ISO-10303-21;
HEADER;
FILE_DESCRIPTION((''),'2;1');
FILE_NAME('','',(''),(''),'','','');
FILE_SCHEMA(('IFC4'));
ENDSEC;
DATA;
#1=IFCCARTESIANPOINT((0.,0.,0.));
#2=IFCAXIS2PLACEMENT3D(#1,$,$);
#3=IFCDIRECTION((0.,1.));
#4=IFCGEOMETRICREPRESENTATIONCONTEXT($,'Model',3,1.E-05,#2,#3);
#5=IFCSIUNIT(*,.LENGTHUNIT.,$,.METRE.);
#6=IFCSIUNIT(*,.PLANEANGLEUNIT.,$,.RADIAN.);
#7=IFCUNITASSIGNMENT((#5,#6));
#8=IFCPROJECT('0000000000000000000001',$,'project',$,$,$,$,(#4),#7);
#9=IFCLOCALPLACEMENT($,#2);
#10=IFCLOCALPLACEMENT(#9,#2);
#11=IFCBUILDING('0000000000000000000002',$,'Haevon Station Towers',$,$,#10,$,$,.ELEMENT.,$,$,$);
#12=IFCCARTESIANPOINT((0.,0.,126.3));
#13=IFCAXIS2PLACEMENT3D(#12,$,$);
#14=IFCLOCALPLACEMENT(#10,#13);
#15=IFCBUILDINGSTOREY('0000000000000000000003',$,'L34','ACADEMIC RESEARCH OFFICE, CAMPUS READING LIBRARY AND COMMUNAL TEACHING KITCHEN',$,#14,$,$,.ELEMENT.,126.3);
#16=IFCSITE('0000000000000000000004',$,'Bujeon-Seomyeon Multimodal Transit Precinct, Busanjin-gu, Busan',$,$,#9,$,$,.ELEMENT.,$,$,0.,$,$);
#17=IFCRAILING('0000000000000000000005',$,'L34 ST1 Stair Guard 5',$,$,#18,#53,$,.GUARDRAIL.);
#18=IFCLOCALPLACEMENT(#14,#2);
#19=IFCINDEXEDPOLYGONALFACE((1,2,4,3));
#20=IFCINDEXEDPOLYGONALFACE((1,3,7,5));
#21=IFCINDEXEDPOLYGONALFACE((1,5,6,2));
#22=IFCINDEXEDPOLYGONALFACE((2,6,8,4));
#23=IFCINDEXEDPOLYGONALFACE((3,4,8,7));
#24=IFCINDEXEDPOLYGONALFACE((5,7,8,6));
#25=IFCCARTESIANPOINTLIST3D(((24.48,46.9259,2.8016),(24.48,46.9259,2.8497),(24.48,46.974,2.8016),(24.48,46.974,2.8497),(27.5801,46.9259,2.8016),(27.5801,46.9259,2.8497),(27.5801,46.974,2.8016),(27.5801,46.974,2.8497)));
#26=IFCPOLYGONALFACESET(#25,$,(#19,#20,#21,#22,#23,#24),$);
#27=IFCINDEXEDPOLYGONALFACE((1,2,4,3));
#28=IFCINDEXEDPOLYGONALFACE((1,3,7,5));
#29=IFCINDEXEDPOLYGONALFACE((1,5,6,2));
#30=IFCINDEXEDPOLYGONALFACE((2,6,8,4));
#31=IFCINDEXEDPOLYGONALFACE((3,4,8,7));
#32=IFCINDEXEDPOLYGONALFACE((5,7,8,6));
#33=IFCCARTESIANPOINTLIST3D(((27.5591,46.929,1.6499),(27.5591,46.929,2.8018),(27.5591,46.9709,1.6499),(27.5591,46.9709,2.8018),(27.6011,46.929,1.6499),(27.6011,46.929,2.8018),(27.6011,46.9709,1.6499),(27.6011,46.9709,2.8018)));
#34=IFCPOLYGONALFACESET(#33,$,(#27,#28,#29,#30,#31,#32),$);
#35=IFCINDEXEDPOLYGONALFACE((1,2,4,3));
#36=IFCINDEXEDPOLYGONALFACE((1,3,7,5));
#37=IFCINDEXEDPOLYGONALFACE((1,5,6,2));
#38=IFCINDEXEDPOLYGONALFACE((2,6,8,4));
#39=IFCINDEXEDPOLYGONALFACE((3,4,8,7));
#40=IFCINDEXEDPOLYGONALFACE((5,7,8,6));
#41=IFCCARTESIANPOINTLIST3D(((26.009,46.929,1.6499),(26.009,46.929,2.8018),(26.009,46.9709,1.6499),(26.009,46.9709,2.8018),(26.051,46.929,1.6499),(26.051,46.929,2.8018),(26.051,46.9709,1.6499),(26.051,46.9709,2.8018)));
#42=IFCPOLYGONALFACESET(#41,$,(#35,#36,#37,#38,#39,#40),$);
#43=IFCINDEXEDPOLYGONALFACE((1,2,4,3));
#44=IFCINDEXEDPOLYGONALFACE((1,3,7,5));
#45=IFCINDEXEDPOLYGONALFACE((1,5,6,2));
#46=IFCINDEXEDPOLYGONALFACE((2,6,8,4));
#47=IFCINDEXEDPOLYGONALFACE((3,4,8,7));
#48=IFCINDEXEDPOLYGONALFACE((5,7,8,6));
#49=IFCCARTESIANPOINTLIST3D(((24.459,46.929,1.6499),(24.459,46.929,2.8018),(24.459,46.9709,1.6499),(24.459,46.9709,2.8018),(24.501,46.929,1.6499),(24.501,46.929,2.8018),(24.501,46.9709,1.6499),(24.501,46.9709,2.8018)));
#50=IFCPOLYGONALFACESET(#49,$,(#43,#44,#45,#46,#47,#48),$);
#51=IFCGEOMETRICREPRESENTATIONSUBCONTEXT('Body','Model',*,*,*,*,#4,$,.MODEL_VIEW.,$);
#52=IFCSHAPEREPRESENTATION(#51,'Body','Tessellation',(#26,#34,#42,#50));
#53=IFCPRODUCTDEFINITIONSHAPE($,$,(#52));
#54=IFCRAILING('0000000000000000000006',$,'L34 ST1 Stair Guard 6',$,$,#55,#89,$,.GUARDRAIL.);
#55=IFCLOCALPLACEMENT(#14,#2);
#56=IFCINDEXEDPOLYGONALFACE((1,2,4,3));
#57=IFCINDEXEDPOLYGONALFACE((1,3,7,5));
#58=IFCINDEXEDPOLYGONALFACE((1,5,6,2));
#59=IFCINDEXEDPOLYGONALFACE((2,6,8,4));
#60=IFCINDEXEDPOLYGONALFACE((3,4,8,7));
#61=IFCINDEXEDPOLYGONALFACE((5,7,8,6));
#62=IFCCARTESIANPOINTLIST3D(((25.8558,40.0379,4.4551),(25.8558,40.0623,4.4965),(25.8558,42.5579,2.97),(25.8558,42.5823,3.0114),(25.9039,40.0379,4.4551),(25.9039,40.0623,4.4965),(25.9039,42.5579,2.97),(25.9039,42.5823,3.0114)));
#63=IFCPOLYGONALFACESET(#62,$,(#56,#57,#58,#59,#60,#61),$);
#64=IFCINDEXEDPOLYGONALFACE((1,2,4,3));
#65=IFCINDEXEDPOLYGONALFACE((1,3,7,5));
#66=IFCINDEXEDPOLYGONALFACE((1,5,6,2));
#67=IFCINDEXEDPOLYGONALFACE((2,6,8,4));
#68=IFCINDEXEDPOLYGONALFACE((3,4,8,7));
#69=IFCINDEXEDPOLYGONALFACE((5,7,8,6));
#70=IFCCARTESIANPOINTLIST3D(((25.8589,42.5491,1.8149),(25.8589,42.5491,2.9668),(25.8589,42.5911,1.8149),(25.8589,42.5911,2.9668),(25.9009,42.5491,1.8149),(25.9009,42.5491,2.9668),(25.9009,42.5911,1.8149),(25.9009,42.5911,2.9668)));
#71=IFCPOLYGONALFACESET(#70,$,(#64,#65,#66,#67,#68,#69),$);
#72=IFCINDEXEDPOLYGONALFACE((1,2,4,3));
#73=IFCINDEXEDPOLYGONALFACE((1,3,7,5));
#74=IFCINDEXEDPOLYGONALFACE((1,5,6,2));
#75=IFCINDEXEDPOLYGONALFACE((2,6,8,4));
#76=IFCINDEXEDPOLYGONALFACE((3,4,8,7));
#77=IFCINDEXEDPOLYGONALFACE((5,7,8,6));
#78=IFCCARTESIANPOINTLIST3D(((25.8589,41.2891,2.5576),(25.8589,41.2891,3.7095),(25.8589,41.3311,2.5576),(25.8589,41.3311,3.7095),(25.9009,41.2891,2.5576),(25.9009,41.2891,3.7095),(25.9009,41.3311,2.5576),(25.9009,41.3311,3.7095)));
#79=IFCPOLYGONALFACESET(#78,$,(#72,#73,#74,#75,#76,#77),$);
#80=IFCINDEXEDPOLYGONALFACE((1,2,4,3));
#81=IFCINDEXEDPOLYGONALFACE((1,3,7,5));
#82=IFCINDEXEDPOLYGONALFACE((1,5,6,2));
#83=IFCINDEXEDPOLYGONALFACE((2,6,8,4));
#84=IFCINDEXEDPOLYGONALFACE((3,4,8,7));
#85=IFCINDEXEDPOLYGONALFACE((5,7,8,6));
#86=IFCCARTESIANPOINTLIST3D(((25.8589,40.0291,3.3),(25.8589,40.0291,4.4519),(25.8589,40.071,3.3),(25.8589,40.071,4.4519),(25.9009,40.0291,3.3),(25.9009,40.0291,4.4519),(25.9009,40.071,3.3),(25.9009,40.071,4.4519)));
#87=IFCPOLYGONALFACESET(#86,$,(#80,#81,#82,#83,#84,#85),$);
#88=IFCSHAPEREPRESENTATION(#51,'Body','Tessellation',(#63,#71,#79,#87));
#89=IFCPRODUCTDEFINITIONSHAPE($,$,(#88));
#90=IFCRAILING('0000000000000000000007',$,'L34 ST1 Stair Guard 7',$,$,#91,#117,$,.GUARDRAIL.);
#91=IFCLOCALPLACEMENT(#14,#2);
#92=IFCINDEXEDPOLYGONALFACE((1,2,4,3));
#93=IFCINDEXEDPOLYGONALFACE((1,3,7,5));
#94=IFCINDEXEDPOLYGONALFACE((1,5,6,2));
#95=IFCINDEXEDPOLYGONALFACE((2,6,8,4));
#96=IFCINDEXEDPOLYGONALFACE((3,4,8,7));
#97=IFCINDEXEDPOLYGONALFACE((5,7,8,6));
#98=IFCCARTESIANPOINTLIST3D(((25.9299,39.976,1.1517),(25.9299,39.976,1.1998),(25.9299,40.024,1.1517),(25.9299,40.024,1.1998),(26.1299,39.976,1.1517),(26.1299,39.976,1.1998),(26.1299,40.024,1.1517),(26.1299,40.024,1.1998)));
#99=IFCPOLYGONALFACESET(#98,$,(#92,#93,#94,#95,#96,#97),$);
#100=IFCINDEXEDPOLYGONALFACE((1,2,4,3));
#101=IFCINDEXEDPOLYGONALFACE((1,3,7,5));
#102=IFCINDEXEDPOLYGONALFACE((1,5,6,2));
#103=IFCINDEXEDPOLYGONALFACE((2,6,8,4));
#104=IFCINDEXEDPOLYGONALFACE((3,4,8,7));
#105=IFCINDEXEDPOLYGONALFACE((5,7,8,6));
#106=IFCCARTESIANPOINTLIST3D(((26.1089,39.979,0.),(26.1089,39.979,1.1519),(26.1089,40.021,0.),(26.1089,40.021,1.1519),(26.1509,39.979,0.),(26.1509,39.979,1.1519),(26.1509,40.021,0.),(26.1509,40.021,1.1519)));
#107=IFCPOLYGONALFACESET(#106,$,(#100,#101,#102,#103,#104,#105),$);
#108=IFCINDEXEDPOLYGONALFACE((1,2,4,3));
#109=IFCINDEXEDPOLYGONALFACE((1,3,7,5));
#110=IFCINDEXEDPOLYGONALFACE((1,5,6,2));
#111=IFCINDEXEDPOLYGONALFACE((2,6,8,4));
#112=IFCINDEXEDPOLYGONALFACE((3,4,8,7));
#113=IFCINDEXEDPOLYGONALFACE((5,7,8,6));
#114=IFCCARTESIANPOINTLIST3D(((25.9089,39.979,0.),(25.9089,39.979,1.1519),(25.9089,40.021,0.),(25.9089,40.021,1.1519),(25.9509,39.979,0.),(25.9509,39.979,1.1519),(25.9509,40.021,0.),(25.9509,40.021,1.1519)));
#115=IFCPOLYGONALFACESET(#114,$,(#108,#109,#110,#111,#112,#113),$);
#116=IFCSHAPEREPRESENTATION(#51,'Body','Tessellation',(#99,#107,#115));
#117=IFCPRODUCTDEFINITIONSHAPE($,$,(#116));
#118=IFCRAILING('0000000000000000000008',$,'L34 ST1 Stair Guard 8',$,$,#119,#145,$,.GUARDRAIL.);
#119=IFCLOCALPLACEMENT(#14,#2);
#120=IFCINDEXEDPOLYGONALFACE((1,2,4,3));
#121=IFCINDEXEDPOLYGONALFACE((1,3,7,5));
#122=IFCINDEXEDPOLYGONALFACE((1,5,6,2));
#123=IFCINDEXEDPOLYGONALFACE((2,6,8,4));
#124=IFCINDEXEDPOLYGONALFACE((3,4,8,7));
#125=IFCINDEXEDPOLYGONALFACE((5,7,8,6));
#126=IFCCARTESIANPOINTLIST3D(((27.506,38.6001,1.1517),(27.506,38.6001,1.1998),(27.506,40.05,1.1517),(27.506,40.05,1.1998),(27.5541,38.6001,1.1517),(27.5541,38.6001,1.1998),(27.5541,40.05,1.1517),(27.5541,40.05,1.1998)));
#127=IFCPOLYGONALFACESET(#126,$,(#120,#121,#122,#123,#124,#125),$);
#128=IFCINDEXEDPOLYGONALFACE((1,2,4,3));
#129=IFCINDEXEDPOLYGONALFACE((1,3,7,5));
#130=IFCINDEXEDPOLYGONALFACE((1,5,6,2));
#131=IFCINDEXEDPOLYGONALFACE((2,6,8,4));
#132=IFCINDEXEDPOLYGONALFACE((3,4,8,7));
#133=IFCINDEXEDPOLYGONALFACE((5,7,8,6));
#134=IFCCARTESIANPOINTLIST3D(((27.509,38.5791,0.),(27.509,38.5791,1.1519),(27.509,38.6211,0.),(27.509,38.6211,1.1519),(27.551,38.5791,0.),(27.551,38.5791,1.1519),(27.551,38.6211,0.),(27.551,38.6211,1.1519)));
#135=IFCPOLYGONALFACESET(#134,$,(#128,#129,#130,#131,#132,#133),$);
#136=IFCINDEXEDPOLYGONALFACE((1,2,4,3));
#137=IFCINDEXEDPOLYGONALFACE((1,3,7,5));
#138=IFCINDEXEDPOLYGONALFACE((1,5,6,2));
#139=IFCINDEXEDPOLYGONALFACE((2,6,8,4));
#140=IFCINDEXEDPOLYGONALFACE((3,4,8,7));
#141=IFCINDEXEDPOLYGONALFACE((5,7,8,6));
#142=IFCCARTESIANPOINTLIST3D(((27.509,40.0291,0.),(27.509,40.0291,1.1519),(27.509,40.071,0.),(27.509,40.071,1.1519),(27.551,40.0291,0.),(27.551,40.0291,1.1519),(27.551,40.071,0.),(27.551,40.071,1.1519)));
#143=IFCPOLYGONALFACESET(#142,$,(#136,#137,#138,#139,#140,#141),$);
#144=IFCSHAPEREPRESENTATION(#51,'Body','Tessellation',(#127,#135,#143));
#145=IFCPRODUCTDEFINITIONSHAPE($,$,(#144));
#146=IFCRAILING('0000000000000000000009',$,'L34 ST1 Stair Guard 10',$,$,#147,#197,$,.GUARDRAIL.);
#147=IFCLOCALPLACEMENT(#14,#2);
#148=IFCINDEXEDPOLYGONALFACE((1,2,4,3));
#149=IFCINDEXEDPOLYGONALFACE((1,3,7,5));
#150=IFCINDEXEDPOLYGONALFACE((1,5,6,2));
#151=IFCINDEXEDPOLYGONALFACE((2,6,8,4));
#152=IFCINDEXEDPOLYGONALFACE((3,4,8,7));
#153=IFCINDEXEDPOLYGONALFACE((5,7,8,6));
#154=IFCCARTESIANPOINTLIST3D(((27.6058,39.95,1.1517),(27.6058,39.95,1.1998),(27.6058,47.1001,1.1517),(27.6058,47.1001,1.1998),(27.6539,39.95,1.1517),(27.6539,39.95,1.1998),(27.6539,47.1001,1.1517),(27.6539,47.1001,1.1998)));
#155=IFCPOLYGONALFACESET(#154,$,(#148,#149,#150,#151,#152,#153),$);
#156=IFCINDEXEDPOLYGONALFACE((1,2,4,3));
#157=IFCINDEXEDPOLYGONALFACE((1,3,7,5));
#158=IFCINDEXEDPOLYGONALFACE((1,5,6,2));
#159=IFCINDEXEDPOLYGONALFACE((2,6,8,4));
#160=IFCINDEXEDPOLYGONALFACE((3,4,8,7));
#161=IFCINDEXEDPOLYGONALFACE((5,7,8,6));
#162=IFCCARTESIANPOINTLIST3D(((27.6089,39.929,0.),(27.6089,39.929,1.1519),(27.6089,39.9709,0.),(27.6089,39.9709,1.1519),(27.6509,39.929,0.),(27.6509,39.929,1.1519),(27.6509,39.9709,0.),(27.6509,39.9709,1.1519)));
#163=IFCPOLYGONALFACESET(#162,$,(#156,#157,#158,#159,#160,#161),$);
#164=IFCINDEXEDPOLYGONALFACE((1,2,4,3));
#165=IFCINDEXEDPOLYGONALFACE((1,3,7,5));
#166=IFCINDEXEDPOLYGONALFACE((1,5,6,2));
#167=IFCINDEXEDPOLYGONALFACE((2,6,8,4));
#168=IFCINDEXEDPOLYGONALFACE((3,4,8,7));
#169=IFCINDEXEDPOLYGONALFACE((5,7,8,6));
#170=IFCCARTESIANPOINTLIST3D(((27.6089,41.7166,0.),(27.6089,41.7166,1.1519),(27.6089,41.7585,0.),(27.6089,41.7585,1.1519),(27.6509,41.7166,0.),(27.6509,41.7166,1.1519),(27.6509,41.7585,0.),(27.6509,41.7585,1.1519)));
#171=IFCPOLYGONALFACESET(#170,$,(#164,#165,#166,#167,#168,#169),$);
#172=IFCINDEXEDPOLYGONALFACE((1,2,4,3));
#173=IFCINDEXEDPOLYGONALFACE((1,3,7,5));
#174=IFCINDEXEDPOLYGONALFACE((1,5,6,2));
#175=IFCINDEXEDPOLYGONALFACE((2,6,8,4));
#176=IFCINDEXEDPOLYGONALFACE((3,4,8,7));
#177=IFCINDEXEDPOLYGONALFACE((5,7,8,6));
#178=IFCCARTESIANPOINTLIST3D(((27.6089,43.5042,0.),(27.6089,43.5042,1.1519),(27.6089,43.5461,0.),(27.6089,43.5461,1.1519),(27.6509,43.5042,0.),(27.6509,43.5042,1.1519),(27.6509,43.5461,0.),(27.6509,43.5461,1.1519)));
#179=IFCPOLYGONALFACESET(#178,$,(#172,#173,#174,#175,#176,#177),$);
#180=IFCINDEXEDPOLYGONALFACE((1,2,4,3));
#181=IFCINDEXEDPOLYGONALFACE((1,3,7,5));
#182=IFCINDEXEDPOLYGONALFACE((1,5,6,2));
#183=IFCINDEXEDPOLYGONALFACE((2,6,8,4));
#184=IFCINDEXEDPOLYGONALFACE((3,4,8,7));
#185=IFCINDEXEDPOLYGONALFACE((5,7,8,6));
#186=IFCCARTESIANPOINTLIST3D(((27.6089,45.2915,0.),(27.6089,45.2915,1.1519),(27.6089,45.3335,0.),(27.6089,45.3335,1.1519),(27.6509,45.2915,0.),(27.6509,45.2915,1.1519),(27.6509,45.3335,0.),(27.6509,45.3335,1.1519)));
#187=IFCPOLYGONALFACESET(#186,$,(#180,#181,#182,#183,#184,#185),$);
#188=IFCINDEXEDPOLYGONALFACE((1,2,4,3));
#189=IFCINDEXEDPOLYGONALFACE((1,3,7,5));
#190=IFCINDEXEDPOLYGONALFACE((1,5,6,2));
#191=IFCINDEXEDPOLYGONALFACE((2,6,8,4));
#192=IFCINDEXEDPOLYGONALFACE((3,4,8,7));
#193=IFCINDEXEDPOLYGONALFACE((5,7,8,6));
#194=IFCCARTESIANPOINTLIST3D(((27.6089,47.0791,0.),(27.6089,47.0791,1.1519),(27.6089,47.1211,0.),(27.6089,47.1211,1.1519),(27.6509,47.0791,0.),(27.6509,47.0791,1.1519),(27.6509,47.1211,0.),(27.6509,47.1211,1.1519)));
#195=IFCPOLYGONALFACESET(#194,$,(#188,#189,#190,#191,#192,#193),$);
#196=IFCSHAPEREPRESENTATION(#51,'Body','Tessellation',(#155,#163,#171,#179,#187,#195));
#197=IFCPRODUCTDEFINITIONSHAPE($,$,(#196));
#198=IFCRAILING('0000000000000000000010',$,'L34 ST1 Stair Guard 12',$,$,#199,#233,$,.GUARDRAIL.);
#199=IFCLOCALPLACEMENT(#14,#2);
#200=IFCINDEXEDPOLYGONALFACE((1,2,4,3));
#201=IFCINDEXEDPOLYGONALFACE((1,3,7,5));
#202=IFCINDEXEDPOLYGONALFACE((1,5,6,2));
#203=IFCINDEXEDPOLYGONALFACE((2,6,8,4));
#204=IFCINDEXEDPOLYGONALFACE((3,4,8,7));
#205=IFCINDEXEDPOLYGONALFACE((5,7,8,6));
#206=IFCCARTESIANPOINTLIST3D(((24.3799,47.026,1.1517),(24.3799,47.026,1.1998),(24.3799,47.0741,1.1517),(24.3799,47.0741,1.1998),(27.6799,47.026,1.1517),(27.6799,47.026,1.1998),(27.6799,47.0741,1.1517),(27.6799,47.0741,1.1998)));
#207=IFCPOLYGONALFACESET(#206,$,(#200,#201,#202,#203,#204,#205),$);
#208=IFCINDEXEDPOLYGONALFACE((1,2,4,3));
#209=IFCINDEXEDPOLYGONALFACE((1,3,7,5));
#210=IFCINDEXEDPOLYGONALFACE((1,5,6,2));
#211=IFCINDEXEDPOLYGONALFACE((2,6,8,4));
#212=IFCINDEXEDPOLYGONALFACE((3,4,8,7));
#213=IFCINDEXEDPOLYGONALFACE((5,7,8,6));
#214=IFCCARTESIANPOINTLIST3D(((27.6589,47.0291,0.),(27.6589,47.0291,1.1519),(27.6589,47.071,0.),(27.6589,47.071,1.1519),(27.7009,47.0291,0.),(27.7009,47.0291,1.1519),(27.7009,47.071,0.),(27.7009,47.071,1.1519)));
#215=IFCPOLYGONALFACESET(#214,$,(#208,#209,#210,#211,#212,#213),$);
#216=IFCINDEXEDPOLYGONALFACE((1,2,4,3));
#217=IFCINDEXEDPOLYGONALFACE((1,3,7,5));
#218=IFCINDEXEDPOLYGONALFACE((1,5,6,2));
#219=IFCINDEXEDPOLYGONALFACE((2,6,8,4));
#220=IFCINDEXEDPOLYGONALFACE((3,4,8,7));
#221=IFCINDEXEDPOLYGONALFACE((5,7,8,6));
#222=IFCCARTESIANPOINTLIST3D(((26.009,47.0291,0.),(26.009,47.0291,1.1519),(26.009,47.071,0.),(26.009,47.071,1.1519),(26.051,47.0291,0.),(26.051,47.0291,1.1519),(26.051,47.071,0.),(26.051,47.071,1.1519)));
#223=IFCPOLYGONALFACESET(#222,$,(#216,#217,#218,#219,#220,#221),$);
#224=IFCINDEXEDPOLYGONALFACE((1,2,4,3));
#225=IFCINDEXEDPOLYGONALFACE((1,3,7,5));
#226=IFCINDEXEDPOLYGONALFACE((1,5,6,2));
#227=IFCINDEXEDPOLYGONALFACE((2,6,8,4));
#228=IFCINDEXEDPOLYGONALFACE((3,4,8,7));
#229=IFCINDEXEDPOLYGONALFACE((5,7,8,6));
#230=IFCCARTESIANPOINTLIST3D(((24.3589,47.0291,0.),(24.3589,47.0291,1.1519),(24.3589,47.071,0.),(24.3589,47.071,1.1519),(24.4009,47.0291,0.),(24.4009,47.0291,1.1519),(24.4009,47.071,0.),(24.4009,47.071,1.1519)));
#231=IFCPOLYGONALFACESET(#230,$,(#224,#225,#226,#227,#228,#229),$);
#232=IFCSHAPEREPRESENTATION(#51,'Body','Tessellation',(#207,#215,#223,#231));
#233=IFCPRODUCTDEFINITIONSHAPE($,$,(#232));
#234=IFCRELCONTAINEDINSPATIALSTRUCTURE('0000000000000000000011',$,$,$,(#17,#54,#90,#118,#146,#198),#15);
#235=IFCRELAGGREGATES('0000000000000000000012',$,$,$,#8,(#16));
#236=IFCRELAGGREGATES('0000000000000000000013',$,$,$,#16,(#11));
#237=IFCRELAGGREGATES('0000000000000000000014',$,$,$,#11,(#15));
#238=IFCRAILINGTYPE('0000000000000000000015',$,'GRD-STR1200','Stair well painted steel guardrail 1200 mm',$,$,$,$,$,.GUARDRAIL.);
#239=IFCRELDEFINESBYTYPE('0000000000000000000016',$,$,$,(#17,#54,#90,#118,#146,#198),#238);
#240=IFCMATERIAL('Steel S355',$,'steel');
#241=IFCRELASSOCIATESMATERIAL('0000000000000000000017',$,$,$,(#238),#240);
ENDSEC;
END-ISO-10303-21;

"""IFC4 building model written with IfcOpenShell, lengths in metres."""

from ifc_helpers import new_model, si_unit, direction, frame, origin, origin_2d, place, context, subcontext, project, spatial, rectangle, extrude, material, type_object, element, save


model = new_model("IFC4")

# Units and contexts
model_context = context("Model", 3, precision=1e-05, world=origin(), true_north=direction((0.0, 1.0)))
body_context = subcontext(model_context, "Body", "Model", "MODEL_VIEW")
ifc_project = project(units=[si_unit("LENGTHUNIT", "METRE"), si_unit("PLANEANGLEUNIT", "RADIAN")], contexts=[model_context])

# Site, building, storey
site_placement = place(None, origin())
site = spatial("IfcSite", under=ifc_project, at=site_placement, Name="Bujeon-Seomyeon Multimodal Transit Precinct, Busanjin-gu, Busan", CompositionType="ELEMENT", RefElevation=0.0)
building_placement = place(site_placement, origin())
building = spatial("IfcBuilding", under=site, at=building_placement, Name="Haevon Station Towers", CompositionType="ELEMENT")
storey_placement = place(building_placement, frame((0.0, 0.0, 126.3)))
storey = spatial("IfcBuildingStorey", under=building, at=storey_placement, Name="L34", Description="ACADEMIC RESEARCH OFFICE, CAMPUS READING LIBRARY AND COMMUNAL TEACHING KITCHEN", CompositionType="ELEMENT", Elevation=126.3)

# Shared definitions
ifc_material_1 = material(Name="Steel S355", Category="steel")

# Railings
railing_type_1 = type_object("IfcRailingType", Name="GRD-STR1200", Description="Stair well painted steel guardrail 1200 mm", PredefinedType="GUARDRAIL", material=ifc_material_1)
railing_1_placement = place(storey_placement, frame((27.5801, 46.95, 1.6499)))
element("IfcRailing", 1, at=railing_1_placement, inside=storey, type_object=railing_type_1, Name="L34 ST1 Stair Guard 5", PredefinedType="GUARDRAIL", context=body_context, shape_type="SweptSolid", body=[
    extrude(rectangle(XDim=0.0481, YDim=0.0481, at=origin_2d()), frame((0.0, 0.0, 1.1758), z_axis=(-1.0, 0.0, 0.0), x_axis=(0.0, -1.0, 0.0)), (0.0, 0.0, 1.0), 3.1001),
    extrude(rectangle(XDim=0.042, YDim=0.042, at=origin_2d()), origin(), (0.0, 0.0, 1.0), 1.1519),
    extrude(rectangle(XDim=0.042, YDim=0.042, at=origin_2d()), frame((-1.55, 0.0, 0.0)), (0.0, 0.0, 1.0), 1.1519),
    extrude(rectangle(XDim=0.042, YDim=0.042, at=origin_2d()), frame((-3.1001, 0.0, 0.0)), (0.0, 0.0, 1.0), 1.1519),
])
railing_2_placement = place(storey_placement, frame((25.8799, 42.5701, 1.8149)))
element("IfcRailing", 2, at=railing_2_placement, inside=storey, type_object=railing_type_1, Name="L34 ST1 Stair Guard 6", PredefinedType="GUARDRAIL", context=body_context, shape_type="SweptSolid", body=[
    extrude(rectangle(XDim=0.0481, YDim=0.0481, at=origin_2d()), frame((0.0, 0.0, 1.1758), z_axis=(0.0, -0.861524, 0.507717), x_axis=(1.0, 0.0, 0.0)), (0.0, 0.0, 1.0), 2.925),
    extrude(rectangle(XDim=0.042, YDim=0.042, at=origin_2d()), origin(), (0.0, 0.0, 1.0), 1.1519),
    extrude(rectangle(XDim=0.042, YDim=0.042, at=origin_2d()), frame((0.0, -1.26, 0.7427)), (0.0, 0.0, 1.0), 1.1519),
    extrude(rectangle(XDim=0.042, YDim=0.042, at=origin_2d()), frame((0.0, -2.52, 1.4851)), (0.0, 0.0, 1.0), 1.1519),
])
railing_3_placement = place(storey_placement, frame((26.1299, 40.0, 0.0)))
element("IfcRailing", 3, at=railing_3_placement, inside=storey, type_object=railing_type_1, Name="L34 ST1 Stair Guard 7", PredefinedType="GUARDRAIL", context=body_context, shape_type="SweptSolid", body=[
    extrude(rectangle(XDim=0.0481, YDim=0.0481, at=origin_2d()), frame((0.0, 0.0, 1.1758), z_axis=(-1.0, 0.0, 0.0), x_axis=(0.0, -1.0, 0.0)), (0.0, 0.0, 1.0), 0.2),
    extrude(rectangle(XDim=0.042, YDim=0.042, at=origin_2d()), origin(), (0.0, 0.0, 1.0), 1.1519),
    extrude(rectangle(XDim=0.042, YDim=0.042, at=origin_2d()), frame((-0.2, 0.0, 0.0)), (0.0, 0.0, 1.0), 1.1519),
])
railing_4_placement = place(storey_placement, frame((27.53, 38.6001, 0.0)))
element("IfcRailing", 4, at=railing_4_placement, inside=storey, type_object=railing_type_1, Name="L34 ST1 Stair Guard 8", PredefinedType="GUARDRAIL", context=body_context, shape_type="SweptSolid", body=[
    extrude(rectangle(XDim=0.0481, YDim=0.0481, at=origin_2d()), frame((0.0, 0.0, 1.1758), z_axis=(0.0, 1.0, 0.0), x_axis=(-1.0, 0.0, 0.0)), (0.0, 0.0, 1.0), 1.45),
    extrude(rectangle(XDim=0.042, YDim=0.042, at=origin_2d()), origin(), (0.0, 0.0, 1.0), 1.1519),
    extrude(rectangle(XDim=0.042, YDim=0.042, at=origin_2d()), frame((0.0, 1.45, 0.0)), (0.0, 0.0, 1.0), 1.1519),
])
railing_5_placement = place(storey_placement, frame((27.6299, 39.95, 0.0)))
element("IfcRailing", 5, at=railing_5_placement, inside=storey, type_object=railing_type_1, Name="L34 ST1 Stair Guard 10", PredefinedType="GUARDRAIL", context=body_context, shape_type="SweptSolid", body=[
    extrude(rectangle(XDim=0.0481, YDim=0.0481, at=origin_2d()), frame((0.0, 0.0, 1.1758), z_axis=(0.0, 1.0, 0.0), x_axis=(-1.0, 0.0, 0.0)), (0.0, 0.0, 1.0), 7.1501),
    extrude(rectangle(XDim=0.042, YDim=0.042, at=origin_2d()), origin(), (0.0, 0.0, 1.0), 1.1519),
    extrude(rectangle(XDim=0.042, YDim=0.042, at=origin_2d()), frame((0.0, 1.7876, 0.0)), (0.0, 0.0, 1.0), 1.1519),
    extrude(rectangle(XDim=0.042, YDim=0.042, at=origin_2d()), frame((0.0, 3.5752, 0.0)), (0.0, 0.0, 1.0), 1.1519),
    extrude(rectangle(XDim=0.042, YDim=0.042, at=origin_2d()), frame((0.0, 5.3625, 0.0)), (0.0, 0.0, 1.0), 1.1519),
    extrude(rectangle(XDim=0.042, YDim=0.042, at=origin_2d()), frame((0.0, 7.1501, 0.0)), (0.0, 0.0, 1.0), 1.1519),
])
railing_6_placement = place(storey_placement, frame((27.6799, 47.05, 0.0)))
element("IfcRailing", 6, at=railing_6_placement, inside=storey, type_object=railing_type_1, Name="L34 ST1 Stair Guard 12", PredefinedType="GUARDRAIL", context=body_context, shape_type="SweptSolid", body=[
    extrude(rectangle(XDim=0.0481, YDim=0.0481, at=origin_2d()), frame((0.0, 0.0, 1.1758), z_axis=(-1.0, 0.0, 0.0), x_axis=(0.0, -1.0, 0.0)), (0.0, 0.0, 1.0), 3.3),
    extrude(rectangle(XDim=0.042, YDim=0.042, at=origin_2d()), origin(), (0.0, 0.0, 1.0), 1.1519),
    extrude(rectangle(XDim=0.042, YDim=0.042, at=origin_2d()), frame((-1.6499, 0.0, 0.0)), (0.0, 0.0, 1.0), 1.1519),
    extrude(rectangle(XDim=0.042, YDim=0.042, at=origin_2d()), frame((-3.3, 0.0, 0.0)), (0.0, 0.0, 1.0), 1.1519),
])

save(model, "model.ifc")
